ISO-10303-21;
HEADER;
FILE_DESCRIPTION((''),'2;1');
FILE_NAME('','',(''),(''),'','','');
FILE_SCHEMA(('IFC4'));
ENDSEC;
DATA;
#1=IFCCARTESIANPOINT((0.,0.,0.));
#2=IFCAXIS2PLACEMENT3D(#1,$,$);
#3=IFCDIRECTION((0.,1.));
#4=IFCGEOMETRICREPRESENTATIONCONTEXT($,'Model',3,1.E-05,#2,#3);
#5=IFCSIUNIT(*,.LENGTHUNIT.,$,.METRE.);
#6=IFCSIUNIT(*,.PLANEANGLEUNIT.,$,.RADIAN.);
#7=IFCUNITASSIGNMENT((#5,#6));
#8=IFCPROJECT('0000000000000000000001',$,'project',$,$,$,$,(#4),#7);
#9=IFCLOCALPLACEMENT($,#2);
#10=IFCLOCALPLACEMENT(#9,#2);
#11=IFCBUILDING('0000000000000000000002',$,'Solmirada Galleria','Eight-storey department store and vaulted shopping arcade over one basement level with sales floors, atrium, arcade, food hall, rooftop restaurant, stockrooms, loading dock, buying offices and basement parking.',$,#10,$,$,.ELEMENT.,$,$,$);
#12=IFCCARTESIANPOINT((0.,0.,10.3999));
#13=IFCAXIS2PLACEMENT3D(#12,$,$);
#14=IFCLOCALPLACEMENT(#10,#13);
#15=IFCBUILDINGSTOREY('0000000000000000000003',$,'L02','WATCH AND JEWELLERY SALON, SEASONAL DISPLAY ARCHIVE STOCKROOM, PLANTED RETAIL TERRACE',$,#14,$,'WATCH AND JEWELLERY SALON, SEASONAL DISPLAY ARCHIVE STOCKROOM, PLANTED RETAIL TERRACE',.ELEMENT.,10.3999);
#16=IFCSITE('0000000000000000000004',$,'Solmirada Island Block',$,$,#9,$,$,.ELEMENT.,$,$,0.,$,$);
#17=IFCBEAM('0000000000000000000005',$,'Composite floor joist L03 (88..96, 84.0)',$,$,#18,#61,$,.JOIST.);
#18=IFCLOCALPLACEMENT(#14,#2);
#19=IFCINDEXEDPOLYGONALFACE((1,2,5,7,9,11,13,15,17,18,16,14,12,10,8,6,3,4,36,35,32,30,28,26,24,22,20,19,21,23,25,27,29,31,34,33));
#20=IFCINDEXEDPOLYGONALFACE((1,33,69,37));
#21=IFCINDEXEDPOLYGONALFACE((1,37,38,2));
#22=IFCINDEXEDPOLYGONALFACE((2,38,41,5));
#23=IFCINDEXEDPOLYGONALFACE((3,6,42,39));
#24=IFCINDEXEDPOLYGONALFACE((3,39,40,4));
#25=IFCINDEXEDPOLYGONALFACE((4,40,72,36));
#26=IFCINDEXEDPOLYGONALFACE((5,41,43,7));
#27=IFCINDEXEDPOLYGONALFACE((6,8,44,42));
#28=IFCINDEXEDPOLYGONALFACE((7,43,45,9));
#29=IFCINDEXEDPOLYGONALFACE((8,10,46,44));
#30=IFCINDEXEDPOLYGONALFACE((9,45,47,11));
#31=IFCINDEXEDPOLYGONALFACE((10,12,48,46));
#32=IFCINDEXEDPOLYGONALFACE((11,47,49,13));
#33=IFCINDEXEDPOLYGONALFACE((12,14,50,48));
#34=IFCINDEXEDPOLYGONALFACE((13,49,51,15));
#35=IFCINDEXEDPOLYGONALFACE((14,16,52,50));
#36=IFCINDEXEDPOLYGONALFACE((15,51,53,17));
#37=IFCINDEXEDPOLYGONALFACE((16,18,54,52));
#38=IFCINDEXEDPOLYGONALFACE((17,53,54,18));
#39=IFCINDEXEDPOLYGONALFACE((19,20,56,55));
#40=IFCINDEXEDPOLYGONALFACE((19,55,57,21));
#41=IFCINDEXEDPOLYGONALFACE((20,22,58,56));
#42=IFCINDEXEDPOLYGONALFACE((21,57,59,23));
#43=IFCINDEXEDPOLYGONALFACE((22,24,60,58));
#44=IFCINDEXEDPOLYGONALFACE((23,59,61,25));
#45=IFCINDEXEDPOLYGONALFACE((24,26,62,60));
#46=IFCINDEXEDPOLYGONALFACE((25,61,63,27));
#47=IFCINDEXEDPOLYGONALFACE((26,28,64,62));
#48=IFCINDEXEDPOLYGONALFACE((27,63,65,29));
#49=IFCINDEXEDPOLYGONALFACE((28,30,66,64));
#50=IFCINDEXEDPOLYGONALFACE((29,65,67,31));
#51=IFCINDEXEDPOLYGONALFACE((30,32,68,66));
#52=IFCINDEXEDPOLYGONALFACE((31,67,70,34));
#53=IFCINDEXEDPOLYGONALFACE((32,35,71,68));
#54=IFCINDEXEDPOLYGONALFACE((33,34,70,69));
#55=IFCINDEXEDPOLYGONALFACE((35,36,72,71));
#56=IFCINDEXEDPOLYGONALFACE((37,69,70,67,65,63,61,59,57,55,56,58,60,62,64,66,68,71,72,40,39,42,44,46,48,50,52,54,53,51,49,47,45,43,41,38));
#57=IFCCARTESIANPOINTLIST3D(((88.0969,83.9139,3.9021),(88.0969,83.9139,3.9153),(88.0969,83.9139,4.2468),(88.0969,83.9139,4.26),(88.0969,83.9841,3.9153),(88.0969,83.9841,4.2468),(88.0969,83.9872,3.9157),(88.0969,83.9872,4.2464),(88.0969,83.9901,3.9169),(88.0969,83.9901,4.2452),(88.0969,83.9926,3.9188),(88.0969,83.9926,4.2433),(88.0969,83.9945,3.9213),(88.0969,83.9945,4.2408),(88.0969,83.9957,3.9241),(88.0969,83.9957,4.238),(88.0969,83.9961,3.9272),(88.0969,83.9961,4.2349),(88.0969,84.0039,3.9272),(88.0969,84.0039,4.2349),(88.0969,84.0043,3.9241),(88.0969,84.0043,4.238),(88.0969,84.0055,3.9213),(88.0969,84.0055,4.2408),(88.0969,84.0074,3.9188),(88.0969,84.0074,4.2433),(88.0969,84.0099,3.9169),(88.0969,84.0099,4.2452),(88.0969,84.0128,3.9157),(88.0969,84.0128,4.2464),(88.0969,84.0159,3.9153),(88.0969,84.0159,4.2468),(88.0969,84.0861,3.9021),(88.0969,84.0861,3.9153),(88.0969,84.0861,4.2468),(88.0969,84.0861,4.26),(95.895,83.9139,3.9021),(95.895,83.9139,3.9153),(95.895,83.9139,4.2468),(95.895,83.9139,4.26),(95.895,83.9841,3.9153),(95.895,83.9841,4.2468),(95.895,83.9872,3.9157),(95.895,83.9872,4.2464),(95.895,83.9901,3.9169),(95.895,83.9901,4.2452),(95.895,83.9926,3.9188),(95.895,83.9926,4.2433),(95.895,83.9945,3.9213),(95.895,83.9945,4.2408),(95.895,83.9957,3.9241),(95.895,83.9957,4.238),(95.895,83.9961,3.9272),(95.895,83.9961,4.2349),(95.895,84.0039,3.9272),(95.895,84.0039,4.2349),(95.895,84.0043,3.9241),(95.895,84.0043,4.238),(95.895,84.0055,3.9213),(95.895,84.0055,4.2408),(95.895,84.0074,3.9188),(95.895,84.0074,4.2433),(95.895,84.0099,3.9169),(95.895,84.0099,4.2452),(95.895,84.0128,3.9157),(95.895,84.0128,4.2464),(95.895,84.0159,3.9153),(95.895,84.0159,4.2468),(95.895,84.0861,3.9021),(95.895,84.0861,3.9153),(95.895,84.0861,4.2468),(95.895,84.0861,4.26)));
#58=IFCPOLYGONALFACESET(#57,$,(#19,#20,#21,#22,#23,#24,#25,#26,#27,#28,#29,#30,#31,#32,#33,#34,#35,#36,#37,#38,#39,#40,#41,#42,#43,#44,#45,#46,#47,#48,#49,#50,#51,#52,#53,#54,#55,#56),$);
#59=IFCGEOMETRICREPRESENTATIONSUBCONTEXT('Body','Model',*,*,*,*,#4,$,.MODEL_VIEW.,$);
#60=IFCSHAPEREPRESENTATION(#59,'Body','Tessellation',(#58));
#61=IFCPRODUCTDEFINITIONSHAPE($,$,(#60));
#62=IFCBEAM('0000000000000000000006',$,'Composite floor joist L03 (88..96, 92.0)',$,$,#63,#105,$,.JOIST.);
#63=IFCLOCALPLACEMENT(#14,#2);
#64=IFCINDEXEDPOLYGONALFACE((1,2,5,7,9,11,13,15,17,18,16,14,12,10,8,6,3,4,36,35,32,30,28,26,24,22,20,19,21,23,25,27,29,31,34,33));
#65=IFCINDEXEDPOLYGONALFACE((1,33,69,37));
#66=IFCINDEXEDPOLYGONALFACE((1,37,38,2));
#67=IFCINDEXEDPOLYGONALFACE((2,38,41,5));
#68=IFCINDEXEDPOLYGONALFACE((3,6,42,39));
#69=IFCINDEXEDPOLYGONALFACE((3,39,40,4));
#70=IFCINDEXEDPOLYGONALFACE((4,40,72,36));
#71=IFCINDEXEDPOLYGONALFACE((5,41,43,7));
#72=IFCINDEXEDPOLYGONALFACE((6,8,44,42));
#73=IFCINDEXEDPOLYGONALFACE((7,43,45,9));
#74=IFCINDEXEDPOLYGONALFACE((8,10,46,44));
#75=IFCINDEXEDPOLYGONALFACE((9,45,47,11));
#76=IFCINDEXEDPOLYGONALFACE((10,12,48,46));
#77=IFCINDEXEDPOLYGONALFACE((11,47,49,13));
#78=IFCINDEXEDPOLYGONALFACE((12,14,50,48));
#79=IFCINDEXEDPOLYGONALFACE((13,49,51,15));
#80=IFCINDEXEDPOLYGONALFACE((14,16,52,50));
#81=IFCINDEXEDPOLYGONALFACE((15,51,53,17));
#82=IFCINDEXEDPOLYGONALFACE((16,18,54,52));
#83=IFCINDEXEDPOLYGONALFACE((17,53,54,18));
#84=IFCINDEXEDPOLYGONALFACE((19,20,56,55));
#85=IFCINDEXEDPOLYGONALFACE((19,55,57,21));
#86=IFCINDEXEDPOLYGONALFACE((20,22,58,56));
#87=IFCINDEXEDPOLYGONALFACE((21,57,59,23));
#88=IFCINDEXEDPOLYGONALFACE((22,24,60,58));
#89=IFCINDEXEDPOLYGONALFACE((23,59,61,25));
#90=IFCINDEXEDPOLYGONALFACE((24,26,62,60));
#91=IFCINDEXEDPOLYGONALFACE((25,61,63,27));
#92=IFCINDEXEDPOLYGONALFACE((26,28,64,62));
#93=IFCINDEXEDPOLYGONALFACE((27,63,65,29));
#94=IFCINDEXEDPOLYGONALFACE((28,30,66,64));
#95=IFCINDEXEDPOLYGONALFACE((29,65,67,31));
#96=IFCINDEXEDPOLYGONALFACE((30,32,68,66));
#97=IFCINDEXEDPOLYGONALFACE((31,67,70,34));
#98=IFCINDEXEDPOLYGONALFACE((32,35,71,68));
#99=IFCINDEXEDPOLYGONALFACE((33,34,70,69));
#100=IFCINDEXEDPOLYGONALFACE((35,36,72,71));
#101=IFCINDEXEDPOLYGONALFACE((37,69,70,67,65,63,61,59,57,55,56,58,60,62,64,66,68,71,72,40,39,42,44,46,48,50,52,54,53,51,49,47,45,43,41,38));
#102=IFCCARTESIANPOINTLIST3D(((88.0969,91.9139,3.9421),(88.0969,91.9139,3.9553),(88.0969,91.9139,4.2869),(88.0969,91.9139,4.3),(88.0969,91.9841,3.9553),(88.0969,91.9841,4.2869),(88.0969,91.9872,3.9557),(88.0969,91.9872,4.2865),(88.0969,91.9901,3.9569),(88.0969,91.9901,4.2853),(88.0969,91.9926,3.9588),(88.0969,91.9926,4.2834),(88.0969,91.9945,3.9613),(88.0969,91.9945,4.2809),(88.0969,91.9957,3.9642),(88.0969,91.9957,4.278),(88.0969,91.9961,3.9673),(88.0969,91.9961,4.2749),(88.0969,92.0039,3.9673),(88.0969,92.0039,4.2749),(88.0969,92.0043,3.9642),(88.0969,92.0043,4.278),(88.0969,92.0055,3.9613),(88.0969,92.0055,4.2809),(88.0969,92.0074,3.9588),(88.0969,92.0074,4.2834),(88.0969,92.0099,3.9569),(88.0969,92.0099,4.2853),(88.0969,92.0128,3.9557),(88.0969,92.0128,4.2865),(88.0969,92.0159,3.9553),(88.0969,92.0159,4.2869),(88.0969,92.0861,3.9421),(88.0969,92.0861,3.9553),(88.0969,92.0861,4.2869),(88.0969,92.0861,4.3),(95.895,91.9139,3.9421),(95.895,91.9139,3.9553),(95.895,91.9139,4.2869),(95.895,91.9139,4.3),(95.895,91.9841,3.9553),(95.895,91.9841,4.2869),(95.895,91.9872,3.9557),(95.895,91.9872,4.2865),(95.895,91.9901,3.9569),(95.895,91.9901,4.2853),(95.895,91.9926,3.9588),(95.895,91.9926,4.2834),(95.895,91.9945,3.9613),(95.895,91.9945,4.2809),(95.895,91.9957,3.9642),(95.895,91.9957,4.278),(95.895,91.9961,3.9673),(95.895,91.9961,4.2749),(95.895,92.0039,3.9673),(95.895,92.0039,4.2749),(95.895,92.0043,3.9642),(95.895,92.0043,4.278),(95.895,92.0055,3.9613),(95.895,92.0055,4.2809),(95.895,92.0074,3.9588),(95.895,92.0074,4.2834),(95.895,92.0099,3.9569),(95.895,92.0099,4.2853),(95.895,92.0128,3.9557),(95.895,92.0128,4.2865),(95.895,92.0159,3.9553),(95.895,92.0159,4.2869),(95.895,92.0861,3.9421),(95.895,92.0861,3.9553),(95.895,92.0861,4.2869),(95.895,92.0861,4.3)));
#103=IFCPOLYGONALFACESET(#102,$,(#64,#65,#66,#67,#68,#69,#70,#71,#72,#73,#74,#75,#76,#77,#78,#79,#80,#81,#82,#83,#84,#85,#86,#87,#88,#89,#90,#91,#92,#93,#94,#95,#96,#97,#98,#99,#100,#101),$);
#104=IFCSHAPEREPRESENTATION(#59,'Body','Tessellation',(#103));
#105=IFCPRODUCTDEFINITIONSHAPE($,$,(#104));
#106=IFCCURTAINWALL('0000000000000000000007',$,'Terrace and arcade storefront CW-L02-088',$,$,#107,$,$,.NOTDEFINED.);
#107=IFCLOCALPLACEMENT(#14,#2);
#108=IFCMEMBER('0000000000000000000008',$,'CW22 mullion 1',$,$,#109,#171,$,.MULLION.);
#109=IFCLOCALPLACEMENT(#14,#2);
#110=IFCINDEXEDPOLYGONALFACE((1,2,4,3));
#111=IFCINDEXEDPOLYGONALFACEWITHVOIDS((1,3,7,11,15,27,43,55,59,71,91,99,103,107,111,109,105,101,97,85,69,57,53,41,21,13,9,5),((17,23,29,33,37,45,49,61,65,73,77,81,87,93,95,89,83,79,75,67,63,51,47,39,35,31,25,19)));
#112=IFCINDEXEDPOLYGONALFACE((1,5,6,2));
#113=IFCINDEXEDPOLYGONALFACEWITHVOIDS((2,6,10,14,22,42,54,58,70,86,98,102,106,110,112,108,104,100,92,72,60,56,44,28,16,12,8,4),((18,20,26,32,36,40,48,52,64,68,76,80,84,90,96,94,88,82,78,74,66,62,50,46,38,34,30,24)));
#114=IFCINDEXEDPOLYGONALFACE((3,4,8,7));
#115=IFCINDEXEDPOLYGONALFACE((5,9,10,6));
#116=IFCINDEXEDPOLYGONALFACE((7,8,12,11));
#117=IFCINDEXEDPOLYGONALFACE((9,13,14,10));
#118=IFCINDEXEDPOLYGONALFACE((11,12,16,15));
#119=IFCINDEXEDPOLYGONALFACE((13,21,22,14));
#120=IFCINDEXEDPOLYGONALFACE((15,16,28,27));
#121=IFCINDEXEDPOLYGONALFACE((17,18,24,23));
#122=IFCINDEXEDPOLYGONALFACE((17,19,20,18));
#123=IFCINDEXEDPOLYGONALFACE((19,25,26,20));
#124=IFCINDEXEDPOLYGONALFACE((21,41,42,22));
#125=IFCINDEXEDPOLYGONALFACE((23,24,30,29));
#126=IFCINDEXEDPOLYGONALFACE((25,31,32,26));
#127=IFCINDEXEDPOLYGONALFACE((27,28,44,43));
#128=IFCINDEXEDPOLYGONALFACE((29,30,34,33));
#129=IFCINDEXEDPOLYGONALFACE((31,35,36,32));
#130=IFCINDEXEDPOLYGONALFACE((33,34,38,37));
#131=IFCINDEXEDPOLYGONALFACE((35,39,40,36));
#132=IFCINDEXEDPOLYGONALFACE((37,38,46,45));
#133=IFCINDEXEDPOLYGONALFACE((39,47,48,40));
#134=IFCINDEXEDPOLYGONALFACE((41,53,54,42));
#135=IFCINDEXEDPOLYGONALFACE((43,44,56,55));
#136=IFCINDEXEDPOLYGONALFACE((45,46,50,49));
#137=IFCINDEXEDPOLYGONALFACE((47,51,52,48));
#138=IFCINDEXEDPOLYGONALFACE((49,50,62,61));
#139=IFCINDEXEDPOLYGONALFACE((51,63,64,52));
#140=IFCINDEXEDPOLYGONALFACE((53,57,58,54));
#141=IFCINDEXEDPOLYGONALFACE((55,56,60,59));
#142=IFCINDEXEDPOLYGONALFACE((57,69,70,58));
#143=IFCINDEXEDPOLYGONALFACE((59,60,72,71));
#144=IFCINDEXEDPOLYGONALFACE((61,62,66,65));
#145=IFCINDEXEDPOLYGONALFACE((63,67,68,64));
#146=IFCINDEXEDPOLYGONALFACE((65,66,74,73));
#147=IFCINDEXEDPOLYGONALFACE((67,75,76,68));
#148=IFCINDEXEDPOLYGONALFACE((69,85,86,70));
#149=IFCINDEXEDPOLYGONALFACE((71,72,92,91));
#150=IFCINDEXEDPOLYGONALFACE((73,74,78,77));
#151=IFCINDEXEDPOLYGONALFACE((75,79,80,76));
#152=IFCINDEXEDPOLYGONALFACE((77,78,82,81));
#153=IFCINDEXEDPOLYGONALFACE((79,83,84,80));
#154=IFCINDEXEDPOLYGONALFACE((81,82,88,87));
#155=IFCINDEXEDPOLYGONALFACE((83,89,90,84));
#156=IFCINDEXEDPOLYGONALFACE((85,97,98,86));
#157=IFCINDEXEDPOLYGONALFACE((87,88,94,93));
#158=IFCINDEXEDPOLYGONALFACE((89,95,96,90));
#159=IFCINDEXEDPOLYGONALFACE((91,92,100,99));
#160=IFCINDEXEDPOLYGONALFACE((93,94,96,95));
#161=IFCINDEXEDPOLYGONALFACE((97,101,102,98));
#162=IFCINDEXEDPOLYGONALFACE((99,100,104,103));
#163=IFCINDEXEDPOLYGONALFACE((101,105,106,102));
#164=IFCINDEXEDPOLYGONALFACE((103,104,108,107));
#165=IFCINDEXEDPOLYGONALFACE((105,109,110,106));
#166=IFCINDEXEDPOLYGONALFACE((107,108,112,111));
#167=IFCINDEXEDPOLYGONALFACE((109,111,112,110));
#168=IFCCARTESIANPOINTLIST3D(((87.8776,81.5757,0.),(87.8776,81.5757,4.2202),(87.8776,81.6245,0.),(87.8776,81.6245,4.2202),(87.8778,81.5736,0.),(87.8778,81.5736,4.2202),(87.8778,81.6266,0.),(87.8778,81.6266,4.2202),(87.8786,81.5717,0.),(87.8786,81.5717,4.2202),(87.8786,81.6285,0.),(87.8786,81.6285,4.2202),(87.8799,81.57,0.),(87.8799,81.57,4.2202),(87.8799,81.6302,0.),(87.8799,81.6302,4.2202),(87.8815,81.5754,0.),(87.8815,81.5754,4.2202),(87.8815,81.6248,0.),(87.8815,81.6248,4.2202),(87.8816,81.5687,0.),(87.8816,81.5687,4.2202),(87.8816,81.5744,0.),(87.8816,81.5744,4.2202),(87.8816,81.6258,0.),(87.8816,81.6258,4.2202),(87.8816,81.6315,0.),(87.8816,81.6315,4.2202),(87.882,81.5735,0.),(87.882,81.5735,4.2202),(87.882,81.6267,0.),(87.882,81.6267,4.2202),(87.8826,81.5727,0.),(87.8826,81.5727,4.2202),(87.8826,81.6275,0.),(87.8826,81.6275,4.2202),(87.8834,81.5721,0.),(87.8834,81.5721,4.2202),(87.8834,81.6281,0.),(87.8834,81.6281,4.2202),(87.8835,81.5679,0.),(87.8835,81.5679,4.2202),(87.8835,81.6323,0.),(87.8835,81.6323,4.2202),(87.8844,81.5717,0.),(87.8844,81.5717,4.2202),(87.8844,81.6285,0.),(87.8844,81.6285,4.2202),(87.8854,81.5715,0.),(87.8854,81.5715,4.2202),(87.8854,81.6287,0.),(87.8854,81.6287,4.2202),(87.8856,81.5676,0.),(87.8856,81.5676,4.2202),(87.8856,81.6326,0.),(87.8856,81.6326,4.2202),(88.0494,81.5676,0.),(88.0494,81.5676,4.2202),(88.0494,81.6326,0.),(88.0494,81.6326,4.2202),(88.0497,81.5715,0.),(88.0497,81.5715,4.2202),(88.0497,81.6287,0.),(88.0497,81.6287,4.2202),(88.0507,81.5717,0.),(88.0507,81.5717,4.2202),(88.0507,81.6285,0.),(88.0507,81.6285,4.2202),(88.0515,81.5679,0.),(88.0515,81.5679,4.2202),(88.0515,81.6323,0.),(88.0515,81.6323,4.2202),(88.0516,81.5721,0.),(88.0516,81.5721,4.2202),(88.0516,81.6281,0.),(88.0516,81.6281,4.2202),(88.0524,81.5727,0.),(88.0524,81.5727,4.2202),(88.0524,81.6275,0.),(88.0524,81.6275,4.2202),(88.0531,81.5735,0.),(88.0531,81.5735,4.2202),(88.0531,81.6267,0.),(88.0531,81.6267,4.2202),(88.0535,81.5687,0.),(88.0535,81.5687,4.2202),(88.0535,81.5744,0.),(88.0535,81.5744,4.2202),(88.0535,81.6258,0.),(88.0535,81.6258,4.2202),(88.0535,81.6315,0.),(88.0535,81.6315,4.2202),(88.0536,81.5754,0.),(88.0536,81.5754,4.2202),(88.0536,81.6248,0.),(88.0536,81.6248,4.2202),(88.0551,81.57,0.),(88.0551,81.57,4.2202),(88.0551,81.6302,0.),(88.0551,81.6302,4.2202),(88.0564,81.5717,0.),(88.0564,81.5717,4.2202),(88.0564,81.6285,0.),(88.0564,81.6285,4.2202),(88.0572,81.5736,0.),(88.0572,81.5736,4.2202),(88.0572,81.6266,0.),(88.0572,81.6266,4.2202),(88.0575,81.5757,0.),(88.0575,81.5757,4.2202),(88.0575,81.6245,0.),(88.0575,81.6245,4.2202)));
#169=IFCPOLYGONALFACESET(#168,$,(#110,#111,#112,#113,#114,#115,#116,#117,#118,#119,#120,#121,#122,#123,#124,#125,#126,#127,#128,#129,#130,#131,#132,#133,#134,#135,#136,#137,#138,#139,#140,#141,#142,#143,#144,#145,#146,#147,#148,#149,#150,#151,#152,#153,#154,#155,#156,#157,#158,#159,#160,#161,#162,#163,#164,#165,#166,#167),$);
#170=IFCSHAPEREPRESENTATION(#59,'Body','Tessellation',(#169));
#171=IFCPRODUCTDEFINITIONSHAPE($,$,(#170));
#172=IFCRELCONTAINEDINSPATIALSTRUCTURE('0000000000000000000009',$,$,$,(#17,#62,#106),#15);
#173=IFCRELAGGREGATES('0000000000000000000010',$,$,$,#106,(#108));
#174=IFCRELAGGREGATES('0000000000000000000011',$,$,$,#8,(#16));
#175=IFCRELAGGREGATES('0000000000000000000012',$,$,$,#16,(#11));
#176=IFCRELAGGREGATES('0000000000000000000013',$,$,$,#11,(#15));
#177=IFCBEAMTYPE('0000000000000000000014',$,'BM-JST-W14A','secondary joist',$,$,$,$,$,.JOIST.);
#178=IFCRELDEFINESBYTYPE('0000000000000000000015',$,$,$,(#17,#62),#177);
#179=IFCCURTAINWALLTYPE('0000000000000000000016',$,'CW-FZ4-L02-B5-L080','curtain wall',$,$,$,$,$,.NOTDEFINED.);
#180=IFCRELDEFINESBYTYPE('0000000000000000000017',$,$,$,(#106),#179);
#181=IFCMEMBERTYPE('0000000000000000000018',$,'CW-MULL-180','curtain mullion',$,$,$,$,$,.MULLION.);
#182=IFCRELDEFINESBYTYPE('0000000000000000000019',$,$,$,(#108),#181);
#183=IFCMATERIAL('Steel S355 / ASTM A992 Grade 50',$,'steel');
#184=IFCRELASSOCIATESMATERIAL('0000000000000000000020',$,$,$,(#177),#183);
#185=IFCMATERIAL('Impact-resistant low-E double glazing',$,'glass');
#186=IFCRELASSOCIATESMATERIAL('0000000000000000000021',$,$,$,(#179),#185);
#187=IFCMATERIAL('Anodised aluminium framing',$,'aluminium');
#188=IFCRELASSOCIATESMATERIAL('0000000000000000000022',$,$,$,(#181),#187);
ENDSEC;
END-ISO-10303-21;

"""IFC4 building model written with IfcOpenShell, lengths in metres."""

from ifc_helpers import new_model, si_unit, direction, frame, origin, origin_2d, place, context, subcontext, project, spatial, hollow_rectangle, i_section, extrude, material, material_profile, profile_set, type_object, element, aggregate, save


model = new_model("IFC4")

# Units and contexts
model_context = context("Model", 3, precision=1e-05, world=origin(), true_north=direction((0.0, 1.0)))
body_context = subcontext(model_context, "Body", "Model", "MODEL_VIEW")
ifc_project = project(units=[si_unit("LENGTHUNIT", "METRE"), si_unit("PLANEANGLEUNIT", "RADIAN")], contexts=[model_context])

# Site, building, storey
site_placement = place(None, origin())
site = spatial("IfcSite", under=ifc_project, at=site_placement, Name="Solmirada Island Block", CompositionType="ELEMENT", RefElevation=0.0)
building_placement = place(site_placement, origin())
building = spatial("IfcBuilding", under=site, at=building_placement, Name="Solmirada Galleria", Description="Eight-storey department store and vaulted shopping arcade over one basement level with sales floors, atrium, arcade, food hall, rooftop restaurant, stockrooms, loading dock, buying offices and basement parking.", CompositionType="ELEMENT")
storey_placement = place(building_placement, frame((0.0, 0.0, 10.3999)))
storey = spatial("IfcBuildingStorey", under=building, at=storey_placement, Name="L02", Description="WATCH AND JEWELLERY SALON, SEASONAL DISPLAY ARCHIVE STOCKROOM, PLANTED RETAIL TERRACE", LongName="WATCH AND JEWELLERY SALON, SEASONAL DISPLAY ARCHIVE STOCKROOM, PLANTED RETAIL TERRACE", CompositionType="ELEMENT", Elevation=10.3999)

# Beams
ifc_material_1 = material(Name="Steel S355 / ASTM A992 Grade 50", Category="steel")
ifc_material_profile_1 = material_profile(ifc_material_1, i_section(OverallWidth=0.1721, OverallDepth=0.3579, WebThickness=0.0078, FlangeThickness=0.0132, FilletRadius=0.012, at=origin_2d()), Name="W14X38")
ifc_profile_set_1 = profile_set([ifc_material_profile_1], Name="Steel S355 / ASTM A992 Grade 50")
beam_type_1 = type_object("IfcBeamType", Name="BM-JST-W14A", Description="secondary joist", PredefinedType="JOIST", material=ifc_profile_set_1)
for number, where, z_axis, x_axis, name in (
    (1, (88.0969, 84.0, 4.0811), (1.0, 0.0, 0.0), (0.0, 1.0, 0.0), "Composite floor joist L03 (88..96, 84.0)"),
    (2, (88.0969, 92.0, 4.1211), (1.0, 0.0, 0.0), (0.0, 1.0, 0.0), "Composite floor joist L03 (88..96, 92.0)"),
):
    element("IfcBeam", number, at=place(storey_placement, frame(where, z_axis=z_axis, x_axis=x_axis)), inside=storey, type_object=beam_type_1, Name=name, PredefinedType="JOIST", context=body_context, shape_type="SweptSolid", body=[
        extrude(i_section(OverallWidth=0.1721, OverallDepth=0.3579, WebThickness=0.0078, FlangeThickness=0.0132, FilletRadius=0.012, at=origin_2d()), origin(), (0.0, 0.0, 1.0), 7.7981),
    ])

# Curtain wall, member
ifc_material_2 = material(Name="Impact-resistant low-E double glazing", Category="glass")
curtain_wall_type = type_object("IfcCurtainWallType", Name="CW-FZ4-L02-B5-L080", Description="curtain wall", PredefinedType="NOTDEFINED", material=ifc_material_2)
curtain_wall_placement = place(storey_placement, origin())
curtain_wall = element("IfcCurtainWall", 3, at=curtain_wall_placement, inside=storey, type_object=curtain_wall_type, Name="Terrace and arcade storefront CW-L02-088", PredefinedType="NOTDEFINED")
ifc_material_3 = material(Name="Anodised aluminium framing", Category="aluminium")
ifc_material_profile_2 = material_profile(ifc_material_3, hollow_rectangle(XDim=0.0649, YDim=0.1799, WallThickness=0.0039, InnerFilletRadius=0.0039, OuterFilletRadius=0.0081, at=origin_2d()), Name="ALU-MULL-180X65")
ifc_profile_set_2 = profile_set([ifc_material_profile_2], Name="Anodised aluminium framing")
member_type_1 = type_object("IfcMemberType", Name="CW-MULL-180", Description="curtain mullion", PredefinedType="MULLION", material=ifc_profile_set_2)
member_1_placement = place(storey_placement, frame((87.9675, 81.6001, 0.0), z_axis=(0.0, 0.0, 1.0), x_axis=(0.0, -1.0, 0.0)))
member_1 = element("IfcMember", 4, at=member_1_placement, type_object=member_type_1, Name="CW22 mullion 1", PredefinedType="MULLION", context=body_context, shape_type="SweptSolid", body=[
    extrude(hollow_rectangle(XDim=0.0649, YDim=0.1799, WallThickness=0.0039, InnerFilletRadius=0.0039, OuterFilletRadius=0.0081, at=origin_2d()), origin(), (0.0, 0.0, 1.0), 4.2202),
])
aggregate(curtain_wall, [member_1])

save(model, "model.ifc")
